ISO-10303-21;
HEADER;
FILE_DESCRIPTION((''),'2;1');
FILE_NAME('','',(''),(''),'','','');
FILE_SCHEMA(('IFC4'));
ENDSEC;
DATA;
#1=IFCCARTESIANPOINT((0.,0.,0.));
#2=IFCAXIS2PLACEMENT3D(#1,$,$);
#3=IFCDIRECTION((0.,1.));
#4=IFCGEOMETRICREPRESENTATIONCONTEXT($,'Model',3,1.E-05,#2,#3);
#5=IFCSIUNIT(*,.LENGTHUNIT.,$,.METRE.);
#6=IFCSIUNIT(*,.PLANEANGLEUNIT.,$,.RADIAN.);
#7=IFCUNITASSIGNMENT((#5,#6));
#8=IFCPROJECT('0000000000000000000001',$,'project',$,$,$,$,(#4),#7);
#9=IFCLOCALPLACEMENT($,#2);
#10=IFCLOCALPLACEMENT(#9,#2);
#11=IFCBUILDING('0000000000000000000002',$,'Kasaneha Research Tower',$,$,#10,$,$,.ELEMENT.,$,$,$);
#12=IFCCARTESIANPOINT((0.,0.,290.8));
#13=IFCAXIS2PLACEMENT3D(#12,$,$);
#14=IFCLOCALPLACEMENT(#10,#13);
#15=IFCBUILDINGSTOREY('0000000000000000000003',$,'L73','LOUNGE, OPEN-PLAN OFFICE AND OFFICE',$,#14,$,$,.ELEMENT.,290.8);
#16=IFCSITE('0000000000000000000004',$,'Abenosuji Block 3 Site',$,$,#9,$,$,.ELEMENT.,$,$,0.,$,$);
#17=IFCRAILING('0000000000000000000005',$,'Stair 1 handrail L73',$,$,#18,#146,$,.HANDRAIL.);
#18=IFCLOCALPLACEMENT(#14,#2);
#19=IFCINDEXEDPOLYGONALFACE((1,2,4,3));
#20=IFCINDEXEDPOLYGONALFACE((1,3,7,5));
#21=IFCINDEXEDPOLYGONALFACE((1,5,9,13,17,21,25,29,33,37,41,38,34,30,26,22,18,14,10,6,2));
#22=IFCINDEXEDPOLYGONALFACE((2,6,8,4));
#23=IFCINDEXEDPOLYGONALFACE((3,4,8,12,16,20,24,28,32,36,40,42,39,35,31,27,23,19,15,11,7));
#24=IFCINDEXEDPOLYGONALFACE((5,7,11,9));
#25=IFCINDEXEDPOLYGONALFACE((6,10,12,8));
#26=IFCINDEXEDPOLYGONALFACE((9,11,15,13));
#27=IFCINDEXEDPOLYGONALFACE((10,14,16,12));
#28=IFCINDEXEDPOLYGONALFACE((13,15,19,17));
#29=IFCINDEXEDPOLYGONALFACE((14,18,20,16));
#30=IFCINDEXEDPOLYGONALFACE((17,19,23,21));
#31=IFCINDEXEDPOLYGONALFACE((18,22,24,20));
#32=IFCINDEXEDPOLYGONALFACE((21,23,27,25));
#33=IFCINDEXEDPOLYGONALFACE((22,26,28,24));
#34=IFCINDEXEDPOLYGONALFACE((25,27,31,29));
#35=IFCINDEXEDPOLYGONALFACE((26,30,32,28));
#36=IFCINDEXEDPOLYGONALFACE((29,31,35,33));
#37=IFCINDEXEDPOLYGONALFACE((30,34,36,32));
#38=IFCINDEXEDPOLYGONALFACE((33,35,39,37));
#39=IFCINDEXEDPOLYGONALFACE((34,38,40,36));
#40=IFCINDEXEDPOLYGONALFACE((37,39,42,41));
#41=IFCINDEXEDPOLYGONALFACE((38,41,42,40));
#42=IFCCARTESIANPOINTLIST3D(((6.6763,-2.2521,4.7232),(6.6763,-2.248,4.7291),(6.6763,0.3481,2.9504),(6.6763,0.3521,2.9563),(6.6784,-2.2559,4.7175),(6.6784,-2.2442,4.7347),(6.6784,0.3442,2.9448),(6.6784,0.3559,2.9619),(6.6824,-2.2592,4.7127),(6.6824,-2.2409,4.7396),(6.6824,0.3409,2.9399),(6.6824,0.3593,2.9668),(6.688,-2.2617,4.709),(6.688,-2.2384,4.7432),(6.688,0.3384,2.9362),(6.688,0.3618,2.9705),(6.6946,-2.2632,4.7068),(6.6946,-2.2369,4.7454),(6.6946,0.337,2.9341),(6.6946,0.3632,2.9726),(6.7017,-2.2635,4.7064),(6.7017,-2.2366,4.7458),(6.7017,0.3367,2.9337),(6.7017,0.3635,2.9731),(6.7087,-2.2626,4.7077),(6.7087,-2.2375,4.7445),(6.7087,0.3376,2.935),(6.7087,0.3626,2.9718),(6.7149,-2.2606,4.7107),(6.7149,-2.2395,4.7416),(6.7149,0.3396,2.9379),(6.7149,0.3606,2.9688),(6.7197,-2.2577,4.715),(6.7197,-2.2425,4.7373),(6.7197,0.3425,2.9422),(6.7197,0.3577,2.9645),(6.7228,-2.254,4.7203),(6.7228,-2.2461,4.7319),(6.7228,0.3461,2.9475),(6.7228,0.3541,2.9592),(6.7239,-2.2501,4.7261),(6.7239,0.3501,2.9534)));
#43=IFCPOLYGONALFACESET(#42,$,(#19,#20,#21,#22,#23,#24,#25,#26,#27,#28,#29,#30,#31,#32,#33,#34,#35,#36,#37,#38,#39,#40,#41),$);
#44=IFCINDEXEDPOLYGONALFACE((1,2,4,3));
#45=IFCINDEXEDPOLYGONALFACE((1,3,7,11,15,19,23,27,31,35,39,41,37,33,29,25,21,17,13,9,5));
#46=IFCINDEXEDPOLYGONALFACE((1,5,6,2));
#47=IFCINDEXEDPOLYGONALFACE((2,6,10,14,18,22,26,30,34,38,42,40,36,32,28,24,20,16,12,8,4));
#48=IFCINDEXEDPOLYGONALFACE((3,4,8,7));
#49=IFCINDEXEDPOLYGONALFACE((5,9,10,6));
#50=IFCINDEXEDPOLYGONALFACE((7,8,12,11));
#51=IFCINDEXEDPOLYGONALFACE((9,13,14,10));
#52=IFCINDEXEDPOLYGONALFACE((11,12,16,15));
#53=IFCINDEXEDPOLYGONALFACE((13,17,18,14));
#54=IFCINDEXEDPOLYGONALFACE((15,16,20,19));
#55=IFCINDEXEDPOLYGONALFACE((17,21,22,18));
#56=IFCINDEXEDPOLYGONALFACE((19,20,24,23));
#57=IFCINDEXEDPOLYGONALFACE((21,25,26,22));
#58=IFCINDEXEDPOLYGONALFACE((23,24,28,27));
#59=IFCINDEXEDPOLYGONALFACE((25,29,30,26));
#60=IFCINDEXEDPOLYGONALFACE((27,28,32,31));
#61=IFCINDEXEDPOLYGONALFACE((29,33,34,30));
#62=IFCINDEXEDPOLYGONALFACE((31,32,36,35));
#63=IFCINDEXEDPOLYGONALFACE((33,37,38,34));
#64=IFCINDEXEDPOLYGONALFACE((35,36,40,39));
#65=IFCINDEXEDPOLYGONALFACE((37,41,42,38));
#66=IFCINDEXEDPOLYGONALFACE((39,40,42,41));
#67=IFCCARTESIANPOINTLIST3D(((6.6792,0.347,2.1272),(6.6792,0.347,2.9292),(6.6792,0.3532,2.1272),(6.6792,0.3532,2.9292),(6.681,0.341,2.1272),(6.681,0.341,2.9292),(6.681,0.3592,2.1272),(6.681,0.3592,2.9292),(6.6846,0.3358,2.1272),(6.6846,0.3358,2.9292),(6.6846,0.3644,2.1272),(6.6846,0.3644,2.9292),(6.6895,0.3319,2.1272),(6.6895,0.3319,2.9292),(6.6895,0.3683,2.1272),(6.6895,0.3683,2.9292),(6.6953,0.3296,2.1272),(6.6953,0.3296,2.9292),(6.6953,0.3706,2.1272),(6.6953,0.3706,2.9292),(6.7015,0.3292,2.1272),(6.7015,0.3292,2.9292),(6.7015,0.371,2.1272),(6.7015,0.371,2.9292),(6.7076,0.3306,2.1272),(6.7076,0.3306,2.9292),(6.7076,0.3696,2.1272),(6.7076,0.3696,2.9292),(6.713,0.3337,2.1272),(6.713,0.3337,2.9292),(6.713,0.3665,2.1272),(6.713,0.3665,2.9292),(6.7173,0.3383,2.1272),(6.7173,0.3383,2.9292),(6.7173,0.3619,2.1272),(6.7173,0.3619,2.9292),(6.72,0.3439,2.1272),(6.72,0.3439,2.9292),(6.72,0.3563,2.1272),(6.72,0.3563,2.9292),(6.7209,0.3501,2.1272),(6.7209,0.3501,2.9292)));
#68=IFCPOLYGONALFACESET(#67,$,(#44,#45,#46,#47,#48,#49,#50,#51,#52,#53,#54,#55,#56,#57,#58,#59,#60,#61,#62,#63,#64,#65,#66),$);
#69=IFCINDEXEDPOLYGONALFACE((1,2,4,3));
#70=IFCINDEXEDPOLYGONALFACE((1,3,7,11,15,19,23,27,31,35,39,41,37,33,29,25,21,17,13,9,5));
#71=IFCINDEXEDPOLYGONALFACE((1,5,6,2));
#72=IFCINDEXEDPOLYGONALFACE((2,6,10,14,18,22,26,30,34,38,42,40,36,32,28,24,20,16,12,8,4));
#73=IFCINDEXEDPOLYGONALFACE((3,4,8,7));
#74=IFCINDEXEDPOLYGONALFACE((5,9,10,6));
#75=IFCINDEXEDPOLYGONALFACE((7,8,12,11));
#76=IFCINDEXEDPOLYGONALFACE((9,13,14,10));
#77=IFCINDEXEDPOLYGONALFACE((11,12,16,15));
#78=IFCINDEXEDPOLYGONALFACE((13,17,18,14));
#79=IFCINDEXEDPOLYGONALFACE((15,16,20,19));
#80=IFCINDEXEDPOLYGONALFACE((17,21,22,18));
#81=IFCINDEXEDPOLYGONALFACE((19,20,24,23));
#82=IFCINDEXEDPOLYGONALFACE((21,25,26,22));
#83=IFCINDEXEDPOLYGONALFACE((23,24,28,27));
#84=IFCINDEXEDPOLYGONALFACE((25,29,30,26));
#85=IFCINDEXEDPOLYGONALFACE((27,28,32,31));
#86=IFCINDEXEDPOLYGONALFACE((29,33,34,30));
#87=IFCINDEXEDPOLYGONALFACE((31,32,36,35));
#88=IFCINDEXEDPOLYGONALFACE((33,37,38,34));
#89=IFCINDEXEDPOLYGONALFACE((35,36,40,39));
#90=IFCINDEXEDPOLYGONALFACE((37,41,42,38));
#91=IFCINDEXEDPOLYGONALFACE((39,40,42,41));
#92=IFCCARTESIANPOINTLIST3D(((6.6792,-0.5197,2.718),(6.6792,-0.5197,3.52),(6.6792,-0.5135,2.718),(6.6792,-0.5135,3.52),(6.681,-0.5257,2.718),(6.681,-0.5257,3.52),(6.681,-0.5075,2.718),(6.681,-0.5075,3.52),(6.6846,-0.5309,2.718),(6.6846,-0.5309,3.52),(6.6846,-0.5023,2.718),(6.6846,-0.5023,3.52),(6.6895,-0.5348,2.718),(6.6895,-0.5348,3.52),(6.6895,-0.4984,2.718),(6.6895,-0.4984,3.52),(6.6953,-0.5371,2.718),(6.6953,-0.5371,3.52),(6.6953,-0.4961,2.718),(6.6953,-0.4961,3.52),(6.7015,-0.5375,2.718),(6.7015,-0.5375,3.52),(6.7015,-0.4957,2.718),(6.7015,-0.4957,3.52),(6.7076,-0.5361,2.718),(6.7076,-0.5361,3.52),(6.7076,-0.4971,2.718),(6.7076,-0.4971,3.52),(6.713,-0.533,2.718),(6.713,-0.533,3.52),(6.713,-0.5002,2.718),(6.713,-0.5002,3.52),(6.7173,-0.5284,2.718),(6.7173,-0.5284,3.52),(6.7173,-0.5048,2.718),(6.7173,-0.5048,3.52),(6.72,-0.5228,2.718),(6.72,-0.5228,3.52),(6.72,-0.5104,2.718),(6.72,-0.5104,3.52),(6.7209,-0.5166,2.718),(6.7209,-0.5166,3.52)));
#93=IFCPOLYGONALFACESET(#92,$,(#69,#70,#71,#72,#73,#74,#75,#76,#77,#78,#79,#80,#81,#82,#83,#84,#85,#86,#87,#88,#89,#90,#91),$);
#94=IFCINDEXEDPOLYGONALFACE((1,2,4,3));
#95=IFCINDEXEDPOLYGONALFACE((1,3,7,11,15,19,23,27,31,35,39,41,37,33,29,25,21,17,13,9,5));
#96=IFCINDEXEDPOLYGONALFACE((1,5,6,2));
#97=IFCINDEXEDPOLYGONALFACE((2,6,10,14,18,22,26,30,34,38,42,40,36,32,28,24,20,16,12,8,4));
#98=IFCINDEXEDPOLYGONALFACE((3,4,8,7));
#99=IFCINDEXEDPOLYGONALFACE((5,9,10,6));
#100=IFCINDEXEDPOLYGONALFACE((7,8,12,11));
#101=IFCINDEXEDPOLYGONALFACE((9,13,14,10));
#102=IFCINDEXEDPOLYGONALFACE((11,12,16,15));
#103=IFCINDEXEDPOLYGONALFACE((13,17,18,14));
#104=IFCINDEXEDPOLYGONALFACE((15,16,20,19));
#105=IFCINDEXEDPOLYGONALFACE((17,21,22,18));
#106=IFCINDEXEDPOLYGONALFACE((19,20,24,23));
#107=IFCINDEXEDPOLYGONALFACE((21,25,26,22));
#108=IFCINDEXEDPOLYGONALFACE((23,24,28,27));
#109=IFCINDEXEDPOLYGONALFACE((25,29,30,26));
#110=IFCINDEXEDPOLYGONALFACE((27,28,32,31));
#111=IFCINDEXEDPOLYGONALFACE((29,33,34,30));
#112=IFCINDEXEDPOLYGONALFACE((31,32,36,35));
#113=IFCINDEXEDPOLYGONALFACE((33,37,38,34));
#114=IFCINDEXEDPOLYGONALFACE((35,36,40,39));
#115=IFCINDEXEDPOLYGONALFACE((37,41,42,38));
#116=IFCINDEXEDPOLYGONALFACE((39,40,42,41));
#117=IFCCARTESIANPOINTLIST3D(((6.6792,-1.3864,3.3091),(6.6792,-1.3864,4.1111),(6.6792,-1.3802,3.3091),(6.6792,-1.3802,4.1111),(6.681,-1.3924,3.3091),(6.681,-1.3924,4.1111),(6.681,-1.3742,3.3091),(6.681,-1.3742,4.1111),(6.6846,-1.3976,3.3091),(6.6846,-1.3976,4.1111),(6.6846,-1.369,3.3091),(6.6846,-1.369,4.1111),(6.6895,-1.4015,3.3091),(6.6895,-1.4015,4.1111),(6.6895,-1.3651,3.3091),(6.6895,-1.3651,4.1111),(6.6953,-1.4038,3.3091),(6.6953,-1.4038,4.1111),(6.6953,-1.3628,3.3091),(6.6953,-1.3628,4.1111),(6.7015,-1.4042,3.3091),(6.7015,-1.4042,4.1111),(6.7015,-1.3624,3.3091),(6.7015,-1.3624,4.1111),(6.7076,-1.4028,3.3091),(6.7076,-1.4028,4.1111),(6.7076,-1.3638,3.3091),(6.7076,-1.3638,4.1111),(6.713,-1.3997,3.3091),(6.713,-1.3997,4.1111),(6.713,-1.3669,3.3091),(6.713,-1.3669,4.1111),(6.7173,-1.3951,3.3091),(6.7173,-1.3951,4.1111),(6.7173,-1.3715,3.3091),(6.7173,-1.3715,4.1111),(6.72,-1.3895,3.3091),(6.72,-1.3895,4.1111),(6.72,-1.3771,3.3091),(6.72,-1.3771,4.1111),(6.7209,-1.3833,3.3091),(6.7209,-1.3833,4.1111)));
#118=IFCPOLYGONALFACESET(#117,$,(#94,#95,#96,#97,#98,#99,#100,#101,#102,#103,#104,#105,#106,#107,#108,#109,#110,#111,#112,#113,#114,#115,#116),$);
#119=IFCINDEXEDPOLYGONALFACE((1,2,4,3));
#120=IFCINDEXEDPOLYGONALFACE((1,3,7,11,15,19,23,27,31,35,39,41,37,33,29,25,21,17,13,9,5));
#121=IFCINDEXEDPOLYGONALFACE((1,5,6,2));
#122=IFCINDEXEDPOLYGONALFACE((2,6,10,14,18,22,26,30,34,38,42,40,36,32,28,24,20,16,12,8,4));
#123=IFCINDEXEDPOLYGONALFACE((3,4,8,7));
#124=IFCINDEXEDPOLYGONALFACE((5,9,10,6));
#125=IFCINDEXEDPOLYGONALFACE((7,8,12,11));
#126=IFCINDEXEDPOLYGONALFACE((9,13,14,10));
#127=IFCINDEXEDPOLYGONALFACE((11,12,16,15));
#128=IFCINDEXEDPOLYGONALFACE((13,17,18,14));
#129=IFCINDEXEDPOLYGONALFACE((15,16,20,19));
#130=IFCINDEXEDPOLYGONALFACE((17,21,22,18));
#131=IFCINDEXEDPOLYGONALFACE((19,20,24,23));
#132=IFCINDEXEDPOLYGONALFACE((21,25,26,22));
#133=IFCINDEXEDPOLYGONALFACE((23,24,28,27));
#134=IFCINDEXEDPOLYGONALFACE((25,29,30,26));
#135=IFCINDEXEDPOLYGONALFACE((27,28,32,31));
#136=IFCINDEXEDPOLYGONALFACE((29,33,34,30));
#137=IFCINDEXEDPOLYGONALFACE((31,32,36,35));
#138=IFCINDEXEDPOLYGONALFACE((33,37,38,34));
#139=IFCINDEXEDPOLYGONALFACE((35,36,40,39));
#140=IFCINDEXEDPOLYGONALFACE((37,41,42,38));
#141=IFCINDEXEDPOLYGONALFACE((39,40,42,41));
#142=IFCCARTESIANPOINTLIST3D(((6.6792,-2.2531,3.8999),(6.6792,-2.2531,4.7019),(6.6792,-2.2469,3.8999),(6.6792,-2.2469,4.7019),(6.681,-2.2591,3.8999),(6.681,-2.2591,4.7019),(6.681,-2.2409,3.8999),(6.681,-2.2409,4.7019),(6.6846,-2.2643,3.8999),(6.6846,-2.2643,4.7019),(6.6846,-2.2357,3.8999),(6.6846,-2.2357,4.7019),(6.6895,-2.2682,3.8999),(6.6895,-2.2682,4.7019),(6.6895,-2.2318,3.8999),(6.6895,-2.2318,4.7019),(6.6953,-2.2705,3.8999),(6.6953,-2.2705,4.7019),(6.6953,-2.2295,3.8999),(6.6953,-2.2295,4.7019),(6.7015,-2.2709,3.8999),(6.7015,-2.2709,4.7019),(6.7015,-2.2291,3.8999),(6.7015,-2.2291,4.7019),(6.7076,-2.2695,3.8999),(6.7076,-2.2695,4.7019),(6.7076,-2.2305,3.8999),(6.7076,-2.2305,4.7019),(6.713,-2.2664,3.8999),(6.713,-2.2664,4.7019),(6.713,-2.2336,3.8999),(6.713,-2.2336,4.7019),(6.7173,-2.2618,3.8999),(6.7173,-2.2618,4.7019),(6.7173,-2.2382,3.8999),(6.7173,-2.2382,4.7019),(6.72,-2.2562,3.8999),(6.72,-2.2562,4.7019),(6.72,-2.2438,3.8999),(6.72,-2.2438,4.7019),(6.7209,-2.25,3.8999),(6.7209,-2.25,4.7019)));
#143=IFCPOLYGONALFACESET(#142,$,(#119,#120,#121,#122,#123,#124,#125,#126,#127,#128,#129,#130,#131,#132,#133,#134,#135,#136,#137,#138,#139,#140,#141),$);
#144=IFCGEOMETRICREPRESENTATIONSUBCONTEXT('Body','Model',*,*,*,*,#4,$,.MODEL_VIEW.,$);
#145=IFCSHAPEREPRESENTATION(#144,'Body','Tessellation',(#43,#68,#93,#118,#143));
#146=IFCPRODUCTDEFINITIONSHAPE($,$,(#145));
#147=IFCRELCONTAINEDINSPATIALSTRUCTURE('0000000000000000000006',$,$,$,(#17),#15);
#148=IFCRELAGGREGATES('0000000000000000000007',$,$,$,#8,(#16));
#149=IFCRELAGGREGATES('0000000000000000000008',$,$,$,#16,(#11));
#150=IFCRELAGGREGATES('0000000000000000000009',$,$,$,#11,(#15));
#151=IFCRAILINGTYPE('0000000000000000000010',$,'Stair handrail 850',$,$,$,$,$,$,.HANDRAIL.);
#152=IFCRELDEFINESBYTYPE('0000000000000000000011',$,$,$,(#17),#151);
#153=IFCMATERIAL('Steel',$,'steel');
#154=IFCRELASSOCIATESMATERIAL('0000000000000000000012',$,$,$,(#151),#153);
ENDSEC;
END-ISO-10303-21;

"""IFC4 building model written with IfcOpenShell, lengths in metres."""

from ifc_helpers import new_model, si_unit, direction, frame, origin, origin_2d, place, context, subcontext, project, spatial, circle, extrude, material, type_object, element, save


model = new_model("IFC4")

# Units and contexts
model_context = context("Model", 3, precision=1e-05, world=origin(), true_north=direction((0.0, 1.0)))
body_context = subcontext(model_context, "Body", "Model", "MODEL_VIEW")
ifc_project = project(units=[si_unit("LENGTHUNIT", "METRE"), si_unit("PLANEANGLEUNIT", "RADIAN")], contexts=[model_context])

# Site, building, storey
site_placement = place(None, origin())
site = spatial("IfcSite", under=ifc_project, at=site_placement, Name="Abenosuji Block 3 Site", CompositionType="ELEMENT", RefElevation=0.0)
building_placement = place(site_placement, origin())
building = spatial("IfcBuilding", under=site, at=building_placement, Name="Kasaneha Research Tower", CompositionType="ELEMENT")
storey_placement = place(building_placement, frame((0.0, 0.0, 290.8)))
storey = spatial("IfcBuildingStorey", under=building, at=storey_placement, Name="L73", Description="LOUNGE, OPEN-PLAN OFFICE AND OFFICE", CompositionType="ELEMENT", Elevation=290.8)

# Railing
ifc_material_1 = material(Name="Steel", Category="steel")
railing_type_1 = type_object("IfcRailingType", Name="Stair handrail 850", PredefinedType="HANDRAIL", material=ifc_material_1)
railing_1_placement = place(storey_placement, frame((6.7, 0.3501, 2.1272)))
element("IfcRailing", 1, at=railing_1_placement, inside=storey, type_object=railing_type_1, Name="Stair 1 handrail L73", PredefinedType="HANDRAIL", context=body_context, shape_type="SweptSolid", body=[
    extrude(circle(Radius=0.0239, at=origin_2d()), frame((0.0, 0.0, 0.8262), z_axis=(0.0, -0.82624, 0.563318), x_axis=(1.0, 0.0, 0.0)), (0.0, 0.0, 1.0), 3.147),
    extrude(circle(Radius=0.021, at=origin_2d()), origin(), (0.0, 0.0, 1.0), 0.802),
    extrude(circle(Radius=0.021, at=origin_2d()), frame((0.0, -0.8667, 0.5908)), (0.0, 0.0, 1.0), 0.802),
    extrude(circle(Radius=0.021, at=origin_2d()), frame((0.0, -1.7334, 1.1819)), (0.0, 0.0, 1.0), 0.802),
    extrude(circle(Radius=0.021, at=origin_2d()), frame((0.0, -2.6001, 1.7727)), (0.0, 0.0, 1.0), 0.802),
])

save(model, "model.ifc")
